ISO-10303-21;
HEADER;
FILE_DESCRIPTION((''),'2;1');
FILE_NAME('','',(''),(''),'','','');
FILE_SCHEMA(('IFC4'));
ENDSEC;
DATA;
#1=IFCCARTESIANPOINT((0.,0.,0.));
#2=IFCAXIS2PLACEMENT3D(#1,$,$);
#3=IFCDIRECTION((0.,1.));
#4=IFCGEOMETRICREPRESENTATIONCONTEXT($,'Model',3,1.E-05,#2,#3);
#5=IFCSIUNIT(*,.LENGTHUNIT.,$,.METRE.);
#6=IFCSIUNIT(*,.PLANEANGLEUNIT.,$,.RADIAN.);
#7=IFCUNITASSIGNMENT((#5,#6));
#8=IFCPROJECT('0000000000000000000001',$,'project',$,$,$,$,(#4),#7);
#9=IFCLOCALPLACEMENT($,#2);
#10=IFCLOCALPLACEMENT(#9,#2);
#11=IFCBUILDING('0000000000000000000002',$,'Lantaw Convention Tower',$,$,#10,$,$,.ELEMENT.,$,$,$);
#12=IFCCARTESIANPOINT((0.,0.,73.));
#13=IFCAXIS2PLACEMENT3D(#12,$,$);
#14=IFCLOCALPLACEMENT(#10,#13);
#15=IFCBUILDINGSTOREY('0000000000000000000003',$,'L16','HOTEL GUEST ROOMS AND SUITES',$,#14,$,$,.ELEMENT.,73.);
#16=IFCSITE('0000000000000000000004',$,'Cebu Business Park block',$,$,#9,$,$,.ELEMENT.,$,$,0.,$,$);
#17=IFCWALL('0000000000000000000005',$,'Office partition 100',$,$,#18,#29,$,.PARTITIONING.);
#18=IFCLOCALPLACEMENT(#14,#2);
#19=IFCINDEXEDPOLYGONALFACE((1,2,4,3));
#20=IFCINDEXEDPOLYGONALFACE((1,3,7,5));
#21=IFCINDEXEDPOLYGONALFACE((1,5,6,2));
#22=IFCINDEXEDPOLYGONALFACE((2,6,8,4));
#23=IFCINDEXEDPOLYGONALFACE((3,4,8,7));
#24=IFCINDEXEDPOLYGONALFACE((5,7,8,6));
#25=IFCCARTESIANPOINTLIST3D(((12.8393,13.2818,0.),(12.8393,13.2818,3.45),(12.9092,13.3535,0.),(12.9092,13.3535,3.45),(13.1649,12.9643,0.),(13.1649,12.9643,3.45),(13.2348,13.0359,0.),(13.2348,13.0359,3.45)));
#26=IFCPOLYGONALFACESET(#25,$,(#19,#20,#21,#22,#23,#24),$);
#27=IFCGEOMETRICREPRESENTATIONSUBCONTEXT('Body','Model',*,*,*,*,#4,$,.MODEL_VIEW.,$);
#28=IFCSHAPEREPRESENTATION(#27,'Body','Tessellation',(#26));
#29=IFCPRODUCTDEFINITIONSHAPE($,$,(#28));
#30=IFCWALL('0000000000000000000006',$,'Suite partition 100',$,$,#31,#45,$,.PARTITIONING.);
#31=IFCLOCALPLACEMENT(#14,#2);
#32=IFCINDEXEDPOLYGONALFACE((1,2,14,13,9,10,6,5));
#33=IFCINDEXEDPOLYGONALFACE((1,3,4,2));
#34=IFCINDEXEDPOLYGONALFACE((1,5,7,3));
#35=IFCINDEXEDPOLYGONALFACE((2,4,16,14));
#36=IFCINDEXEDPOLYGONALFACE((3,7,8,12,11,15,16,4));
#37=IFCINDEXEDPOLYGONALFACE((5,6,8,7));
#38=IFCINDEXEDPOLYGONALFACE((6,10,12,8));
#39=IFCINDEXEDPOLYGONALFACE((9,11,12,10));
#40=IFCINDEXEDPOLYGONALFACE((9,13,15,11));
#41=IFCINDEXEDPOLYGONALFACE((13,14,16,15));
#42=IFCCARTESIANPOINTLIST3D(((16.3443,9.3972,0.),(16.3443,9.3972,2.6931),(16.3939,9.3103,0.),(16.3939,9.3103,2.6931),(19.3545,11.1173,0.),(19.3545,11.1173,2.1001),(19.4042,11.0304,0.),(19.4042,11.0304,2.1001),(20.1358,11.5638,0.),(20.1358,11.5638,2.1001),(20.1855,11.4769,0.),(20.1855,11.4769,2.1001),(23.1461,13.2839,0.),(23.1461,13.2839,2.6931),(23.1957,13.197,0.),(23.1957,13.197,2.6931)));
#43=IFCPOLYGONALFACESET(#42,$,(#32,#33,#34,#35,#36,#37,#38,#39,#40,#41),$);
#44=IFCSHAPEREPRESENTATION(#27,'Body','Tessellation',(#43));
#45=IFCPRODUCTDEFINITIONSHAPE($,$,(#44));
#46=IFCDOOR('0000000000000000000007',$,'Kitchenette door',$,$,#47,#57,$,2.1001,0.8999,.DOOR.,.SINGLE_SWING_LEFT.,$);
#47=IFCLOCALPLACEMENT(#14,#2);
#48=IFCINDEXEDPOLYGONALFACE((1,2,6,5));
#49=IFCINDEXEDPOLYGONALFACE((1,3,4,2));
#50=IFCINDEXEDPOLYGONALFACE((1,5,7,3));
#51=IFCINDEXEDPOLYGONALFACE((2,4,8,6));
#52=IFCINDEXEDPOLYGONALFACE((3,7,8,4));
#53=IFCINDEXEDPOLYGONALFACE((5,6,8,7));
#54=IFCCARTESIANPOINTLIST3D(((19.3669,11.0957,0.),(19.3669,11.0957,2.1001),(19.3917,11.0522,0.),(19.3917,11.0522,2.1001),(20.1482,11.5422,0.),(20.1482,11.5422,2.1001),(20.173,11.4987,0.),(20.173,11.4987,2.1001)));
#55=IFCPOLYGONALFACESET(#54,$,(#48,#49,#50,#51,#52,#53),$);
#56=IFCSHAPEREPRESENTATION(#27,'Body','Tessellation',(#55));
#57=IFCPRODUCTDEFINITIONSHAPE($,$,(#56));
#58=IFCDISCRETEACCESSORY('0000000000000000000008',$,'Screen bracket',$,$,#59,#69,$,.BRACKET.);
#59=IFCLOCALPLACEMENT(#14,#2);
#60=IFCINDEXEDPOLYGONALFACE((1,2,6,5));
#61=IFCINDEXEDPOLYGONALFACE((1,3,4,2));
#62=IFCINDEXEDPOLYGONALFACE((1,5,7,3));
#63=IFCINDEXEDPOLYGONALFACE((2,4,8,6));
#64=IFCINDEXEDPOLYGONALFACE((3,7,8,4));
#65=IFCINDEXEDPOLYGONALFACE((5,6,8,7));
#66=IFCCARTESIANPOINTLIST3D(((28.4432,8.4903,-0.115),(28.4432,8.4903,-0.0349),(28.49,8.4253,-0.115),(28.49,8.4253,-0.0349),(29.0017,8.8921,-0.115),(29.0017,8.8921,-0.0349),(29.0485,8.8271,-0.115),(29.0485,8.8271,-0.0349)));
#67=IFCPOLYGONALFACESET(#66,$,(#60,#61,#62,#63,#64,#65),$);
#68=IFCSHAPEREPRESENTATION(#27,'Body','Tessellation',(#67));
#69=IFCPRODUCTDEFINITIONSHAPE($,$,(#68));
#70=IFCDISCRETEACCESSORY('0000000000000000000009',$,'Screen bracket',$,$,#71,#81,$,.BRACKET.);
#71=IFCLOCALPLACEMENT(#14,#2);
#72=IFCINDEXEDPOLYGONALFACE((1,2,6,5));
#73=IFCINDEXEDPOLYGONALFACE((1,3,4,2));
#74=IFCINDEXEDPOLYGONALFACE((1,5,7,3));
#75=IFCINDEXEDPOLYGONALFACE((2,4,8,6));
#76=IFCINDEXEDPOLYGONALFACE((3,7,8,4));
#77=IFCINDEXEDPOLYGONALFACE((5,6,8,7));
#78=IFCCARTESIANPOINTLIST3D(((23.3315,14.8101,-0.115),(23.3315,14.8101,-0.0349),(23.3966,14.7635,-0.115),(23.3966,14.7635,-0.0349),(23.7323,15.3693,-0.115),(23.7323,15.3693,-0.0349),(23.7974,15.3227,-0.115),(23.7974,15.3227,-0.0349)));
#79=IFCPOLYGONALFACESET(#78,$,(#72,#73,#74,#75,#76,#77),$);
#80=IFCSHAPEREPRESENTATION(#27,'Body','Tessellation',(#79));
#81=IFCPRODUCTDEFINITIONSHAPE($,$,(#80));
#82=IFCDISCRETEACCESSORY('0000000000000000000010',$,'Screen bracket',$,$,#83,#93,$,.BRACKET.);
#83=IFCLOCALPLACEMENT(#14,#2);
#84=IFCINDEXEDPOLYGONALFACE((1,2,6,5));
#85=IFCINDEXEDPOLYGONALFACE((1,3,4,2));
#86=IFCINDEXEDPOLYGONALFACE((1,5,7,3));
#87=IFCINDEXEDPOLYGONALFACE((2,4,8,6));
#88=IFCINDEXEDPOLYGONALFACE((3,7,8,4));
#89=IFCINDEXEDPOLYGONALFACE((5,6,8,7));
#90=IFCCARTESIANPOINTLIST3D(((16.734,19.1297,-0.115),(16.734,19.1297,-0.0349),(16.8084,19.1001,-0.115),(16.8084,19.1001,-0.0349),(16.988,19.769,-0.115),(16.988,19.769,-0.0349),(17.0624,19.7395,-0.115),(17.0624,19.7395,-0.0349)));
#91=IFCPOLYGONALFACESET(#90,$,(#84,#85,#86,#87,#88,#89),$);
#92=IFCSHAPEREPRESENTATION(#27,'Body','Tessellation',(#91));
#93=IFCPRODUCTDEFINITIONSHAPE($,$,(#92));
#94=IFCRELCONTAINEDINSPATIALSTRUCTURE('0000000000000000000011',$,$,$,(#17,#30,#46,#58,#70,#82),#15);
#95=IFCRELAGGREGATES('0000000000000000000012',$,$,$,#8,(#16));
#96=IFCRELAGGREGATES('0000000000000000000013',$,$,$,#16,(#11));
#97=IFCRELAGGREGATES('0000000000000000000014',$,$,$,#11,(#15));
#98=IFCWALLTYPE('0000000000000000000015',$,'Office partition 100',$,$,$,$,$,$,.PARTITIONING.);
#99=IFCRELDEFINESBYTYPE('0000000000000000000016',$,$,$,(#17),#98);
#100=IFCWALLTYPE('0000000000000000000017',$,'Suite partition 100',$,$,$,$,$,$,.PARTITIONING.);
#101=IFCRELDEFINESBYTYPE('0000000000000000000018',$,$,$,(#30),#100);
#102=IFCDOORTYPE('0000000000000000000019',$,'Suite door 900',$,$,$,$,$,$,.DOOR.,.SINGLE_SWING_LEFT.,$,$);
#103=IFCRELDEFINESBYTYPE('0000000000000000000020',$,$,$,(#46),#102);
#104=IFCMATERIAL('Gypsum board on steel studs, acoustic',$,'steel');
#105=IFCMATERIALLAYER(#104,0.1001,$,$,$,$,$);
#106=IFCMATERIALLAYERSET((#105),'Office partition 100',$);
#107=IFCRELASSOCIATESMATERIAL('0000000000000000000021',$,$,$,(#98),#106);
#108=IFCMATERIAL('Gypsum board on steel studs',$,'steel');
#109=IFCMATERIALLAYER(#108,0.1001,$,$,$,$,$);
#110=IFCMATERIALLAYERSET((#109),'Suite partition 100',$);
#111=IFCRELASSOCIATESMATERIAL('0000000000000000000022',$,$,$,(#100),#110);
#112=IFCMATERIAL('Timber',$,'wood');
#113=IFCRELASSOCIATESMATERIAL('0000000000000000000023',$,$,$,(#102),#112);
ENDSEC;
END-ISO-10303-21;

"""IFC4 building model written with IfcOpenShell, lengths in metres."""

from ifc_helpers import new_model, si_unit, direction, frame, frame_2d, origin, origin_2d, place, context, subcontext, project, spatial, rectangle, extrude, material, layer, layer_set, type_object, element, fill, save


model = new_model("IFC4")

# Units and contexts
model_context = context("Model", 3, precision=1e-05, world=origin(), true_north=direction((0.0, 1.0)))
body_context = subcontext(model_context, "Body", "Model", "MODEL_VIEW")
ifc_project = project(units=[si_unit("LENGTHUNIT", "METRE"), si_unit("PLANEANGLEUNIT", "RADIAN")], contexts=[model_context])

# Site, building, storey
site_placement = place(None, origin())
site = spatial("IfcSite", under=ifc_project, at=site_placement, Name="Cebu Business Park block", CompositionType="ELEMENT", RefElevation=0.0)
building_placement = place(site_placement, origin())
building = spatial("IfcBuilding", under=site, at=building_placement, Name="Lantaw Convention Tower", CompositionType="ELEMENT")
storey_placement = place(building_placement, frame((0.0, 0.0, 73.0)))
storey = spatial("IfcBuildingStorey", under=building, at=storey_placement, Name="L16", Description="HOTEL GUEST ROOMS AND SUITES", CompositionType="ELEMENT", Elevation=73.0)

# Wall
ifc_material_1 = material(Name="Gypsum board on steel studs, acoustic", Category="steel")
ifc_layer_1 = layer(ifc_material_1, 0.1001)
ifc_layer_set_1 = layer_set([ifc_layer_1], Name="Office partition 100")
wall_type_1 = type_object("IfcWallType", Name="Office partition 100", PredefinedType="PARTITIONING", material=ifc_layer_set_1)
wall_1_placement = place(storey_placement, frame((13.2, 13.0, 0.0), z_axis=(0.0, 0.0, 1.0), x_axis=(-0.715906, 0.698196, 0.0)))
element("IfcWall", 1, at=wall_1_placement, inside=storey, type_object=wall_type_1, Name="Office partition 100", PredefinedType="PARTITIONING", context=body_context, shape_type="SweptSolid", body=[
    extrude(rectangle(XDim=0.4548, YDim=0.1001, at=frame_2d((0.2275, 0.0))), origin(), (0.0, 0.0, 1.0), 3.45),
])

# Wall, opening, door
ifc_material_2 = material(Name="Gypsum board on steel studs", Category="steel")
ifc_layer_2 = layer(ifc_material_2, 0.1001)
ifc_layer_set_2 = layer_set([ifc_layer_2], Name="Suite partition 100")
wall_type_2 = type_object("IfcWallType", Name="Suite partition 100", PredefinedType="PARTITIONING", material=ifc_layer_set_2)
wall_2_placement = place(storey_placement, frame((23.1709, 13.2405, 0.0), z_axis=(0.0, 0.0, 1.0), x_axis=(-0.868243, -0.496139, 0.0)))
wall_2 = element("IfcWall", 2, at=wall_2_placement, inside=storey, type_object=wall_type_2, Name="Suite partition 100", PredefinedType="PARTITIONING", context=body_context, shape_type="SweptSolid", body=[
    extrude(rectangle(XDim=7.834, YDim=0.1001, at=frame_2d((3.917, 0.0))), origin(), (0.0, 0.0, 1.0), 2.6931),
])
opening_1_placement = place(wall_2_placement, frame((3.467, 0.0, 0.0)))
opening_1 = element("IfcOpeningElement", 3, at=opening_1_placement, cuts=wall_2, PredefinedType="OPENING", context=body_context, shape_type="SweptSolid", body=[
    extrude(rectangle(XDim=0.8999, YDim=2.1001, at=frame_2d((0.45, 1.05))), frame((0.0, 0.0601, 0.0), z_axis=(0.0, -1.0, 0.0), x_axis=(1.0, 0.0, 0.0)), (0.0, 0.0, 1.0), 0.1201),
])
ifc_material_3 = material(Name="Timber", Category="wood")
door_type = type_object("IfcDoorType", Name="Suite door 900", OperationType="SINGLE_SWING_LEFT", PredefinedType="DOOR", material=ifc_material_3)
door_placement = place(opening_1_placement, origin())
door = element("IfcDoor", 4, at=door_placement, inside=storey, type_object=door_type, Name="Kitchenette door", OperationType="SINGLE_SWING_LEFT", OverallHeight=2.1001, OverallWidth=0.8999, PredefinedType="DOOR", context=body_context, shape_type="SweptSolid", body=[
    extrude(rectangle(XDim=0.8999, YDim=2.1001, at=frame_2d((0.45, 1.05))), frame((0.0, 0.0249, 0.0), z_axis=(0.0, -1.0, 0.0), x_axis=(1.0, 0.0, 0.0)), (0.0, 0.0, 1.0), 0.05),
])
fill(opening_1, door)

# Discrete accessories
for number, where, z_axis, x_axis, name in (
    (5, (28.7458, 8.6587, -0.115), (0.0, 0.0, 1.0), (-0.583951, 0.811789, 0.0), "Screen bracket"),
    (6, (23.5645, 15.0664, -0.115), (0.0, 0.0, 1.0), (-0.812804, 0.582538, 0.0), "Screen bracket"),
    (7, (16.8982, 19.4346, -0.115), (0.0, 0.0, 1.0), (-0.929361, 0.369172, 0.0), "Screen bracket"),
):
    element("IfcDiscreteAccessory", number, at=place(storey_placement, frame(where, z_axis=z_axis, x_axis=x_axis)), inside=storey, Name=name, PredefinedType="BRACKET", context=body_context, shape_type="SweptSolid", body=[
        extrude(rectangle(XDim=0.0801, YDim=0.688, at=origin_2d()), origin(), (0.0, 0.0, 1.0), 0.0801),
    ])

save(model, "model.ifc")
